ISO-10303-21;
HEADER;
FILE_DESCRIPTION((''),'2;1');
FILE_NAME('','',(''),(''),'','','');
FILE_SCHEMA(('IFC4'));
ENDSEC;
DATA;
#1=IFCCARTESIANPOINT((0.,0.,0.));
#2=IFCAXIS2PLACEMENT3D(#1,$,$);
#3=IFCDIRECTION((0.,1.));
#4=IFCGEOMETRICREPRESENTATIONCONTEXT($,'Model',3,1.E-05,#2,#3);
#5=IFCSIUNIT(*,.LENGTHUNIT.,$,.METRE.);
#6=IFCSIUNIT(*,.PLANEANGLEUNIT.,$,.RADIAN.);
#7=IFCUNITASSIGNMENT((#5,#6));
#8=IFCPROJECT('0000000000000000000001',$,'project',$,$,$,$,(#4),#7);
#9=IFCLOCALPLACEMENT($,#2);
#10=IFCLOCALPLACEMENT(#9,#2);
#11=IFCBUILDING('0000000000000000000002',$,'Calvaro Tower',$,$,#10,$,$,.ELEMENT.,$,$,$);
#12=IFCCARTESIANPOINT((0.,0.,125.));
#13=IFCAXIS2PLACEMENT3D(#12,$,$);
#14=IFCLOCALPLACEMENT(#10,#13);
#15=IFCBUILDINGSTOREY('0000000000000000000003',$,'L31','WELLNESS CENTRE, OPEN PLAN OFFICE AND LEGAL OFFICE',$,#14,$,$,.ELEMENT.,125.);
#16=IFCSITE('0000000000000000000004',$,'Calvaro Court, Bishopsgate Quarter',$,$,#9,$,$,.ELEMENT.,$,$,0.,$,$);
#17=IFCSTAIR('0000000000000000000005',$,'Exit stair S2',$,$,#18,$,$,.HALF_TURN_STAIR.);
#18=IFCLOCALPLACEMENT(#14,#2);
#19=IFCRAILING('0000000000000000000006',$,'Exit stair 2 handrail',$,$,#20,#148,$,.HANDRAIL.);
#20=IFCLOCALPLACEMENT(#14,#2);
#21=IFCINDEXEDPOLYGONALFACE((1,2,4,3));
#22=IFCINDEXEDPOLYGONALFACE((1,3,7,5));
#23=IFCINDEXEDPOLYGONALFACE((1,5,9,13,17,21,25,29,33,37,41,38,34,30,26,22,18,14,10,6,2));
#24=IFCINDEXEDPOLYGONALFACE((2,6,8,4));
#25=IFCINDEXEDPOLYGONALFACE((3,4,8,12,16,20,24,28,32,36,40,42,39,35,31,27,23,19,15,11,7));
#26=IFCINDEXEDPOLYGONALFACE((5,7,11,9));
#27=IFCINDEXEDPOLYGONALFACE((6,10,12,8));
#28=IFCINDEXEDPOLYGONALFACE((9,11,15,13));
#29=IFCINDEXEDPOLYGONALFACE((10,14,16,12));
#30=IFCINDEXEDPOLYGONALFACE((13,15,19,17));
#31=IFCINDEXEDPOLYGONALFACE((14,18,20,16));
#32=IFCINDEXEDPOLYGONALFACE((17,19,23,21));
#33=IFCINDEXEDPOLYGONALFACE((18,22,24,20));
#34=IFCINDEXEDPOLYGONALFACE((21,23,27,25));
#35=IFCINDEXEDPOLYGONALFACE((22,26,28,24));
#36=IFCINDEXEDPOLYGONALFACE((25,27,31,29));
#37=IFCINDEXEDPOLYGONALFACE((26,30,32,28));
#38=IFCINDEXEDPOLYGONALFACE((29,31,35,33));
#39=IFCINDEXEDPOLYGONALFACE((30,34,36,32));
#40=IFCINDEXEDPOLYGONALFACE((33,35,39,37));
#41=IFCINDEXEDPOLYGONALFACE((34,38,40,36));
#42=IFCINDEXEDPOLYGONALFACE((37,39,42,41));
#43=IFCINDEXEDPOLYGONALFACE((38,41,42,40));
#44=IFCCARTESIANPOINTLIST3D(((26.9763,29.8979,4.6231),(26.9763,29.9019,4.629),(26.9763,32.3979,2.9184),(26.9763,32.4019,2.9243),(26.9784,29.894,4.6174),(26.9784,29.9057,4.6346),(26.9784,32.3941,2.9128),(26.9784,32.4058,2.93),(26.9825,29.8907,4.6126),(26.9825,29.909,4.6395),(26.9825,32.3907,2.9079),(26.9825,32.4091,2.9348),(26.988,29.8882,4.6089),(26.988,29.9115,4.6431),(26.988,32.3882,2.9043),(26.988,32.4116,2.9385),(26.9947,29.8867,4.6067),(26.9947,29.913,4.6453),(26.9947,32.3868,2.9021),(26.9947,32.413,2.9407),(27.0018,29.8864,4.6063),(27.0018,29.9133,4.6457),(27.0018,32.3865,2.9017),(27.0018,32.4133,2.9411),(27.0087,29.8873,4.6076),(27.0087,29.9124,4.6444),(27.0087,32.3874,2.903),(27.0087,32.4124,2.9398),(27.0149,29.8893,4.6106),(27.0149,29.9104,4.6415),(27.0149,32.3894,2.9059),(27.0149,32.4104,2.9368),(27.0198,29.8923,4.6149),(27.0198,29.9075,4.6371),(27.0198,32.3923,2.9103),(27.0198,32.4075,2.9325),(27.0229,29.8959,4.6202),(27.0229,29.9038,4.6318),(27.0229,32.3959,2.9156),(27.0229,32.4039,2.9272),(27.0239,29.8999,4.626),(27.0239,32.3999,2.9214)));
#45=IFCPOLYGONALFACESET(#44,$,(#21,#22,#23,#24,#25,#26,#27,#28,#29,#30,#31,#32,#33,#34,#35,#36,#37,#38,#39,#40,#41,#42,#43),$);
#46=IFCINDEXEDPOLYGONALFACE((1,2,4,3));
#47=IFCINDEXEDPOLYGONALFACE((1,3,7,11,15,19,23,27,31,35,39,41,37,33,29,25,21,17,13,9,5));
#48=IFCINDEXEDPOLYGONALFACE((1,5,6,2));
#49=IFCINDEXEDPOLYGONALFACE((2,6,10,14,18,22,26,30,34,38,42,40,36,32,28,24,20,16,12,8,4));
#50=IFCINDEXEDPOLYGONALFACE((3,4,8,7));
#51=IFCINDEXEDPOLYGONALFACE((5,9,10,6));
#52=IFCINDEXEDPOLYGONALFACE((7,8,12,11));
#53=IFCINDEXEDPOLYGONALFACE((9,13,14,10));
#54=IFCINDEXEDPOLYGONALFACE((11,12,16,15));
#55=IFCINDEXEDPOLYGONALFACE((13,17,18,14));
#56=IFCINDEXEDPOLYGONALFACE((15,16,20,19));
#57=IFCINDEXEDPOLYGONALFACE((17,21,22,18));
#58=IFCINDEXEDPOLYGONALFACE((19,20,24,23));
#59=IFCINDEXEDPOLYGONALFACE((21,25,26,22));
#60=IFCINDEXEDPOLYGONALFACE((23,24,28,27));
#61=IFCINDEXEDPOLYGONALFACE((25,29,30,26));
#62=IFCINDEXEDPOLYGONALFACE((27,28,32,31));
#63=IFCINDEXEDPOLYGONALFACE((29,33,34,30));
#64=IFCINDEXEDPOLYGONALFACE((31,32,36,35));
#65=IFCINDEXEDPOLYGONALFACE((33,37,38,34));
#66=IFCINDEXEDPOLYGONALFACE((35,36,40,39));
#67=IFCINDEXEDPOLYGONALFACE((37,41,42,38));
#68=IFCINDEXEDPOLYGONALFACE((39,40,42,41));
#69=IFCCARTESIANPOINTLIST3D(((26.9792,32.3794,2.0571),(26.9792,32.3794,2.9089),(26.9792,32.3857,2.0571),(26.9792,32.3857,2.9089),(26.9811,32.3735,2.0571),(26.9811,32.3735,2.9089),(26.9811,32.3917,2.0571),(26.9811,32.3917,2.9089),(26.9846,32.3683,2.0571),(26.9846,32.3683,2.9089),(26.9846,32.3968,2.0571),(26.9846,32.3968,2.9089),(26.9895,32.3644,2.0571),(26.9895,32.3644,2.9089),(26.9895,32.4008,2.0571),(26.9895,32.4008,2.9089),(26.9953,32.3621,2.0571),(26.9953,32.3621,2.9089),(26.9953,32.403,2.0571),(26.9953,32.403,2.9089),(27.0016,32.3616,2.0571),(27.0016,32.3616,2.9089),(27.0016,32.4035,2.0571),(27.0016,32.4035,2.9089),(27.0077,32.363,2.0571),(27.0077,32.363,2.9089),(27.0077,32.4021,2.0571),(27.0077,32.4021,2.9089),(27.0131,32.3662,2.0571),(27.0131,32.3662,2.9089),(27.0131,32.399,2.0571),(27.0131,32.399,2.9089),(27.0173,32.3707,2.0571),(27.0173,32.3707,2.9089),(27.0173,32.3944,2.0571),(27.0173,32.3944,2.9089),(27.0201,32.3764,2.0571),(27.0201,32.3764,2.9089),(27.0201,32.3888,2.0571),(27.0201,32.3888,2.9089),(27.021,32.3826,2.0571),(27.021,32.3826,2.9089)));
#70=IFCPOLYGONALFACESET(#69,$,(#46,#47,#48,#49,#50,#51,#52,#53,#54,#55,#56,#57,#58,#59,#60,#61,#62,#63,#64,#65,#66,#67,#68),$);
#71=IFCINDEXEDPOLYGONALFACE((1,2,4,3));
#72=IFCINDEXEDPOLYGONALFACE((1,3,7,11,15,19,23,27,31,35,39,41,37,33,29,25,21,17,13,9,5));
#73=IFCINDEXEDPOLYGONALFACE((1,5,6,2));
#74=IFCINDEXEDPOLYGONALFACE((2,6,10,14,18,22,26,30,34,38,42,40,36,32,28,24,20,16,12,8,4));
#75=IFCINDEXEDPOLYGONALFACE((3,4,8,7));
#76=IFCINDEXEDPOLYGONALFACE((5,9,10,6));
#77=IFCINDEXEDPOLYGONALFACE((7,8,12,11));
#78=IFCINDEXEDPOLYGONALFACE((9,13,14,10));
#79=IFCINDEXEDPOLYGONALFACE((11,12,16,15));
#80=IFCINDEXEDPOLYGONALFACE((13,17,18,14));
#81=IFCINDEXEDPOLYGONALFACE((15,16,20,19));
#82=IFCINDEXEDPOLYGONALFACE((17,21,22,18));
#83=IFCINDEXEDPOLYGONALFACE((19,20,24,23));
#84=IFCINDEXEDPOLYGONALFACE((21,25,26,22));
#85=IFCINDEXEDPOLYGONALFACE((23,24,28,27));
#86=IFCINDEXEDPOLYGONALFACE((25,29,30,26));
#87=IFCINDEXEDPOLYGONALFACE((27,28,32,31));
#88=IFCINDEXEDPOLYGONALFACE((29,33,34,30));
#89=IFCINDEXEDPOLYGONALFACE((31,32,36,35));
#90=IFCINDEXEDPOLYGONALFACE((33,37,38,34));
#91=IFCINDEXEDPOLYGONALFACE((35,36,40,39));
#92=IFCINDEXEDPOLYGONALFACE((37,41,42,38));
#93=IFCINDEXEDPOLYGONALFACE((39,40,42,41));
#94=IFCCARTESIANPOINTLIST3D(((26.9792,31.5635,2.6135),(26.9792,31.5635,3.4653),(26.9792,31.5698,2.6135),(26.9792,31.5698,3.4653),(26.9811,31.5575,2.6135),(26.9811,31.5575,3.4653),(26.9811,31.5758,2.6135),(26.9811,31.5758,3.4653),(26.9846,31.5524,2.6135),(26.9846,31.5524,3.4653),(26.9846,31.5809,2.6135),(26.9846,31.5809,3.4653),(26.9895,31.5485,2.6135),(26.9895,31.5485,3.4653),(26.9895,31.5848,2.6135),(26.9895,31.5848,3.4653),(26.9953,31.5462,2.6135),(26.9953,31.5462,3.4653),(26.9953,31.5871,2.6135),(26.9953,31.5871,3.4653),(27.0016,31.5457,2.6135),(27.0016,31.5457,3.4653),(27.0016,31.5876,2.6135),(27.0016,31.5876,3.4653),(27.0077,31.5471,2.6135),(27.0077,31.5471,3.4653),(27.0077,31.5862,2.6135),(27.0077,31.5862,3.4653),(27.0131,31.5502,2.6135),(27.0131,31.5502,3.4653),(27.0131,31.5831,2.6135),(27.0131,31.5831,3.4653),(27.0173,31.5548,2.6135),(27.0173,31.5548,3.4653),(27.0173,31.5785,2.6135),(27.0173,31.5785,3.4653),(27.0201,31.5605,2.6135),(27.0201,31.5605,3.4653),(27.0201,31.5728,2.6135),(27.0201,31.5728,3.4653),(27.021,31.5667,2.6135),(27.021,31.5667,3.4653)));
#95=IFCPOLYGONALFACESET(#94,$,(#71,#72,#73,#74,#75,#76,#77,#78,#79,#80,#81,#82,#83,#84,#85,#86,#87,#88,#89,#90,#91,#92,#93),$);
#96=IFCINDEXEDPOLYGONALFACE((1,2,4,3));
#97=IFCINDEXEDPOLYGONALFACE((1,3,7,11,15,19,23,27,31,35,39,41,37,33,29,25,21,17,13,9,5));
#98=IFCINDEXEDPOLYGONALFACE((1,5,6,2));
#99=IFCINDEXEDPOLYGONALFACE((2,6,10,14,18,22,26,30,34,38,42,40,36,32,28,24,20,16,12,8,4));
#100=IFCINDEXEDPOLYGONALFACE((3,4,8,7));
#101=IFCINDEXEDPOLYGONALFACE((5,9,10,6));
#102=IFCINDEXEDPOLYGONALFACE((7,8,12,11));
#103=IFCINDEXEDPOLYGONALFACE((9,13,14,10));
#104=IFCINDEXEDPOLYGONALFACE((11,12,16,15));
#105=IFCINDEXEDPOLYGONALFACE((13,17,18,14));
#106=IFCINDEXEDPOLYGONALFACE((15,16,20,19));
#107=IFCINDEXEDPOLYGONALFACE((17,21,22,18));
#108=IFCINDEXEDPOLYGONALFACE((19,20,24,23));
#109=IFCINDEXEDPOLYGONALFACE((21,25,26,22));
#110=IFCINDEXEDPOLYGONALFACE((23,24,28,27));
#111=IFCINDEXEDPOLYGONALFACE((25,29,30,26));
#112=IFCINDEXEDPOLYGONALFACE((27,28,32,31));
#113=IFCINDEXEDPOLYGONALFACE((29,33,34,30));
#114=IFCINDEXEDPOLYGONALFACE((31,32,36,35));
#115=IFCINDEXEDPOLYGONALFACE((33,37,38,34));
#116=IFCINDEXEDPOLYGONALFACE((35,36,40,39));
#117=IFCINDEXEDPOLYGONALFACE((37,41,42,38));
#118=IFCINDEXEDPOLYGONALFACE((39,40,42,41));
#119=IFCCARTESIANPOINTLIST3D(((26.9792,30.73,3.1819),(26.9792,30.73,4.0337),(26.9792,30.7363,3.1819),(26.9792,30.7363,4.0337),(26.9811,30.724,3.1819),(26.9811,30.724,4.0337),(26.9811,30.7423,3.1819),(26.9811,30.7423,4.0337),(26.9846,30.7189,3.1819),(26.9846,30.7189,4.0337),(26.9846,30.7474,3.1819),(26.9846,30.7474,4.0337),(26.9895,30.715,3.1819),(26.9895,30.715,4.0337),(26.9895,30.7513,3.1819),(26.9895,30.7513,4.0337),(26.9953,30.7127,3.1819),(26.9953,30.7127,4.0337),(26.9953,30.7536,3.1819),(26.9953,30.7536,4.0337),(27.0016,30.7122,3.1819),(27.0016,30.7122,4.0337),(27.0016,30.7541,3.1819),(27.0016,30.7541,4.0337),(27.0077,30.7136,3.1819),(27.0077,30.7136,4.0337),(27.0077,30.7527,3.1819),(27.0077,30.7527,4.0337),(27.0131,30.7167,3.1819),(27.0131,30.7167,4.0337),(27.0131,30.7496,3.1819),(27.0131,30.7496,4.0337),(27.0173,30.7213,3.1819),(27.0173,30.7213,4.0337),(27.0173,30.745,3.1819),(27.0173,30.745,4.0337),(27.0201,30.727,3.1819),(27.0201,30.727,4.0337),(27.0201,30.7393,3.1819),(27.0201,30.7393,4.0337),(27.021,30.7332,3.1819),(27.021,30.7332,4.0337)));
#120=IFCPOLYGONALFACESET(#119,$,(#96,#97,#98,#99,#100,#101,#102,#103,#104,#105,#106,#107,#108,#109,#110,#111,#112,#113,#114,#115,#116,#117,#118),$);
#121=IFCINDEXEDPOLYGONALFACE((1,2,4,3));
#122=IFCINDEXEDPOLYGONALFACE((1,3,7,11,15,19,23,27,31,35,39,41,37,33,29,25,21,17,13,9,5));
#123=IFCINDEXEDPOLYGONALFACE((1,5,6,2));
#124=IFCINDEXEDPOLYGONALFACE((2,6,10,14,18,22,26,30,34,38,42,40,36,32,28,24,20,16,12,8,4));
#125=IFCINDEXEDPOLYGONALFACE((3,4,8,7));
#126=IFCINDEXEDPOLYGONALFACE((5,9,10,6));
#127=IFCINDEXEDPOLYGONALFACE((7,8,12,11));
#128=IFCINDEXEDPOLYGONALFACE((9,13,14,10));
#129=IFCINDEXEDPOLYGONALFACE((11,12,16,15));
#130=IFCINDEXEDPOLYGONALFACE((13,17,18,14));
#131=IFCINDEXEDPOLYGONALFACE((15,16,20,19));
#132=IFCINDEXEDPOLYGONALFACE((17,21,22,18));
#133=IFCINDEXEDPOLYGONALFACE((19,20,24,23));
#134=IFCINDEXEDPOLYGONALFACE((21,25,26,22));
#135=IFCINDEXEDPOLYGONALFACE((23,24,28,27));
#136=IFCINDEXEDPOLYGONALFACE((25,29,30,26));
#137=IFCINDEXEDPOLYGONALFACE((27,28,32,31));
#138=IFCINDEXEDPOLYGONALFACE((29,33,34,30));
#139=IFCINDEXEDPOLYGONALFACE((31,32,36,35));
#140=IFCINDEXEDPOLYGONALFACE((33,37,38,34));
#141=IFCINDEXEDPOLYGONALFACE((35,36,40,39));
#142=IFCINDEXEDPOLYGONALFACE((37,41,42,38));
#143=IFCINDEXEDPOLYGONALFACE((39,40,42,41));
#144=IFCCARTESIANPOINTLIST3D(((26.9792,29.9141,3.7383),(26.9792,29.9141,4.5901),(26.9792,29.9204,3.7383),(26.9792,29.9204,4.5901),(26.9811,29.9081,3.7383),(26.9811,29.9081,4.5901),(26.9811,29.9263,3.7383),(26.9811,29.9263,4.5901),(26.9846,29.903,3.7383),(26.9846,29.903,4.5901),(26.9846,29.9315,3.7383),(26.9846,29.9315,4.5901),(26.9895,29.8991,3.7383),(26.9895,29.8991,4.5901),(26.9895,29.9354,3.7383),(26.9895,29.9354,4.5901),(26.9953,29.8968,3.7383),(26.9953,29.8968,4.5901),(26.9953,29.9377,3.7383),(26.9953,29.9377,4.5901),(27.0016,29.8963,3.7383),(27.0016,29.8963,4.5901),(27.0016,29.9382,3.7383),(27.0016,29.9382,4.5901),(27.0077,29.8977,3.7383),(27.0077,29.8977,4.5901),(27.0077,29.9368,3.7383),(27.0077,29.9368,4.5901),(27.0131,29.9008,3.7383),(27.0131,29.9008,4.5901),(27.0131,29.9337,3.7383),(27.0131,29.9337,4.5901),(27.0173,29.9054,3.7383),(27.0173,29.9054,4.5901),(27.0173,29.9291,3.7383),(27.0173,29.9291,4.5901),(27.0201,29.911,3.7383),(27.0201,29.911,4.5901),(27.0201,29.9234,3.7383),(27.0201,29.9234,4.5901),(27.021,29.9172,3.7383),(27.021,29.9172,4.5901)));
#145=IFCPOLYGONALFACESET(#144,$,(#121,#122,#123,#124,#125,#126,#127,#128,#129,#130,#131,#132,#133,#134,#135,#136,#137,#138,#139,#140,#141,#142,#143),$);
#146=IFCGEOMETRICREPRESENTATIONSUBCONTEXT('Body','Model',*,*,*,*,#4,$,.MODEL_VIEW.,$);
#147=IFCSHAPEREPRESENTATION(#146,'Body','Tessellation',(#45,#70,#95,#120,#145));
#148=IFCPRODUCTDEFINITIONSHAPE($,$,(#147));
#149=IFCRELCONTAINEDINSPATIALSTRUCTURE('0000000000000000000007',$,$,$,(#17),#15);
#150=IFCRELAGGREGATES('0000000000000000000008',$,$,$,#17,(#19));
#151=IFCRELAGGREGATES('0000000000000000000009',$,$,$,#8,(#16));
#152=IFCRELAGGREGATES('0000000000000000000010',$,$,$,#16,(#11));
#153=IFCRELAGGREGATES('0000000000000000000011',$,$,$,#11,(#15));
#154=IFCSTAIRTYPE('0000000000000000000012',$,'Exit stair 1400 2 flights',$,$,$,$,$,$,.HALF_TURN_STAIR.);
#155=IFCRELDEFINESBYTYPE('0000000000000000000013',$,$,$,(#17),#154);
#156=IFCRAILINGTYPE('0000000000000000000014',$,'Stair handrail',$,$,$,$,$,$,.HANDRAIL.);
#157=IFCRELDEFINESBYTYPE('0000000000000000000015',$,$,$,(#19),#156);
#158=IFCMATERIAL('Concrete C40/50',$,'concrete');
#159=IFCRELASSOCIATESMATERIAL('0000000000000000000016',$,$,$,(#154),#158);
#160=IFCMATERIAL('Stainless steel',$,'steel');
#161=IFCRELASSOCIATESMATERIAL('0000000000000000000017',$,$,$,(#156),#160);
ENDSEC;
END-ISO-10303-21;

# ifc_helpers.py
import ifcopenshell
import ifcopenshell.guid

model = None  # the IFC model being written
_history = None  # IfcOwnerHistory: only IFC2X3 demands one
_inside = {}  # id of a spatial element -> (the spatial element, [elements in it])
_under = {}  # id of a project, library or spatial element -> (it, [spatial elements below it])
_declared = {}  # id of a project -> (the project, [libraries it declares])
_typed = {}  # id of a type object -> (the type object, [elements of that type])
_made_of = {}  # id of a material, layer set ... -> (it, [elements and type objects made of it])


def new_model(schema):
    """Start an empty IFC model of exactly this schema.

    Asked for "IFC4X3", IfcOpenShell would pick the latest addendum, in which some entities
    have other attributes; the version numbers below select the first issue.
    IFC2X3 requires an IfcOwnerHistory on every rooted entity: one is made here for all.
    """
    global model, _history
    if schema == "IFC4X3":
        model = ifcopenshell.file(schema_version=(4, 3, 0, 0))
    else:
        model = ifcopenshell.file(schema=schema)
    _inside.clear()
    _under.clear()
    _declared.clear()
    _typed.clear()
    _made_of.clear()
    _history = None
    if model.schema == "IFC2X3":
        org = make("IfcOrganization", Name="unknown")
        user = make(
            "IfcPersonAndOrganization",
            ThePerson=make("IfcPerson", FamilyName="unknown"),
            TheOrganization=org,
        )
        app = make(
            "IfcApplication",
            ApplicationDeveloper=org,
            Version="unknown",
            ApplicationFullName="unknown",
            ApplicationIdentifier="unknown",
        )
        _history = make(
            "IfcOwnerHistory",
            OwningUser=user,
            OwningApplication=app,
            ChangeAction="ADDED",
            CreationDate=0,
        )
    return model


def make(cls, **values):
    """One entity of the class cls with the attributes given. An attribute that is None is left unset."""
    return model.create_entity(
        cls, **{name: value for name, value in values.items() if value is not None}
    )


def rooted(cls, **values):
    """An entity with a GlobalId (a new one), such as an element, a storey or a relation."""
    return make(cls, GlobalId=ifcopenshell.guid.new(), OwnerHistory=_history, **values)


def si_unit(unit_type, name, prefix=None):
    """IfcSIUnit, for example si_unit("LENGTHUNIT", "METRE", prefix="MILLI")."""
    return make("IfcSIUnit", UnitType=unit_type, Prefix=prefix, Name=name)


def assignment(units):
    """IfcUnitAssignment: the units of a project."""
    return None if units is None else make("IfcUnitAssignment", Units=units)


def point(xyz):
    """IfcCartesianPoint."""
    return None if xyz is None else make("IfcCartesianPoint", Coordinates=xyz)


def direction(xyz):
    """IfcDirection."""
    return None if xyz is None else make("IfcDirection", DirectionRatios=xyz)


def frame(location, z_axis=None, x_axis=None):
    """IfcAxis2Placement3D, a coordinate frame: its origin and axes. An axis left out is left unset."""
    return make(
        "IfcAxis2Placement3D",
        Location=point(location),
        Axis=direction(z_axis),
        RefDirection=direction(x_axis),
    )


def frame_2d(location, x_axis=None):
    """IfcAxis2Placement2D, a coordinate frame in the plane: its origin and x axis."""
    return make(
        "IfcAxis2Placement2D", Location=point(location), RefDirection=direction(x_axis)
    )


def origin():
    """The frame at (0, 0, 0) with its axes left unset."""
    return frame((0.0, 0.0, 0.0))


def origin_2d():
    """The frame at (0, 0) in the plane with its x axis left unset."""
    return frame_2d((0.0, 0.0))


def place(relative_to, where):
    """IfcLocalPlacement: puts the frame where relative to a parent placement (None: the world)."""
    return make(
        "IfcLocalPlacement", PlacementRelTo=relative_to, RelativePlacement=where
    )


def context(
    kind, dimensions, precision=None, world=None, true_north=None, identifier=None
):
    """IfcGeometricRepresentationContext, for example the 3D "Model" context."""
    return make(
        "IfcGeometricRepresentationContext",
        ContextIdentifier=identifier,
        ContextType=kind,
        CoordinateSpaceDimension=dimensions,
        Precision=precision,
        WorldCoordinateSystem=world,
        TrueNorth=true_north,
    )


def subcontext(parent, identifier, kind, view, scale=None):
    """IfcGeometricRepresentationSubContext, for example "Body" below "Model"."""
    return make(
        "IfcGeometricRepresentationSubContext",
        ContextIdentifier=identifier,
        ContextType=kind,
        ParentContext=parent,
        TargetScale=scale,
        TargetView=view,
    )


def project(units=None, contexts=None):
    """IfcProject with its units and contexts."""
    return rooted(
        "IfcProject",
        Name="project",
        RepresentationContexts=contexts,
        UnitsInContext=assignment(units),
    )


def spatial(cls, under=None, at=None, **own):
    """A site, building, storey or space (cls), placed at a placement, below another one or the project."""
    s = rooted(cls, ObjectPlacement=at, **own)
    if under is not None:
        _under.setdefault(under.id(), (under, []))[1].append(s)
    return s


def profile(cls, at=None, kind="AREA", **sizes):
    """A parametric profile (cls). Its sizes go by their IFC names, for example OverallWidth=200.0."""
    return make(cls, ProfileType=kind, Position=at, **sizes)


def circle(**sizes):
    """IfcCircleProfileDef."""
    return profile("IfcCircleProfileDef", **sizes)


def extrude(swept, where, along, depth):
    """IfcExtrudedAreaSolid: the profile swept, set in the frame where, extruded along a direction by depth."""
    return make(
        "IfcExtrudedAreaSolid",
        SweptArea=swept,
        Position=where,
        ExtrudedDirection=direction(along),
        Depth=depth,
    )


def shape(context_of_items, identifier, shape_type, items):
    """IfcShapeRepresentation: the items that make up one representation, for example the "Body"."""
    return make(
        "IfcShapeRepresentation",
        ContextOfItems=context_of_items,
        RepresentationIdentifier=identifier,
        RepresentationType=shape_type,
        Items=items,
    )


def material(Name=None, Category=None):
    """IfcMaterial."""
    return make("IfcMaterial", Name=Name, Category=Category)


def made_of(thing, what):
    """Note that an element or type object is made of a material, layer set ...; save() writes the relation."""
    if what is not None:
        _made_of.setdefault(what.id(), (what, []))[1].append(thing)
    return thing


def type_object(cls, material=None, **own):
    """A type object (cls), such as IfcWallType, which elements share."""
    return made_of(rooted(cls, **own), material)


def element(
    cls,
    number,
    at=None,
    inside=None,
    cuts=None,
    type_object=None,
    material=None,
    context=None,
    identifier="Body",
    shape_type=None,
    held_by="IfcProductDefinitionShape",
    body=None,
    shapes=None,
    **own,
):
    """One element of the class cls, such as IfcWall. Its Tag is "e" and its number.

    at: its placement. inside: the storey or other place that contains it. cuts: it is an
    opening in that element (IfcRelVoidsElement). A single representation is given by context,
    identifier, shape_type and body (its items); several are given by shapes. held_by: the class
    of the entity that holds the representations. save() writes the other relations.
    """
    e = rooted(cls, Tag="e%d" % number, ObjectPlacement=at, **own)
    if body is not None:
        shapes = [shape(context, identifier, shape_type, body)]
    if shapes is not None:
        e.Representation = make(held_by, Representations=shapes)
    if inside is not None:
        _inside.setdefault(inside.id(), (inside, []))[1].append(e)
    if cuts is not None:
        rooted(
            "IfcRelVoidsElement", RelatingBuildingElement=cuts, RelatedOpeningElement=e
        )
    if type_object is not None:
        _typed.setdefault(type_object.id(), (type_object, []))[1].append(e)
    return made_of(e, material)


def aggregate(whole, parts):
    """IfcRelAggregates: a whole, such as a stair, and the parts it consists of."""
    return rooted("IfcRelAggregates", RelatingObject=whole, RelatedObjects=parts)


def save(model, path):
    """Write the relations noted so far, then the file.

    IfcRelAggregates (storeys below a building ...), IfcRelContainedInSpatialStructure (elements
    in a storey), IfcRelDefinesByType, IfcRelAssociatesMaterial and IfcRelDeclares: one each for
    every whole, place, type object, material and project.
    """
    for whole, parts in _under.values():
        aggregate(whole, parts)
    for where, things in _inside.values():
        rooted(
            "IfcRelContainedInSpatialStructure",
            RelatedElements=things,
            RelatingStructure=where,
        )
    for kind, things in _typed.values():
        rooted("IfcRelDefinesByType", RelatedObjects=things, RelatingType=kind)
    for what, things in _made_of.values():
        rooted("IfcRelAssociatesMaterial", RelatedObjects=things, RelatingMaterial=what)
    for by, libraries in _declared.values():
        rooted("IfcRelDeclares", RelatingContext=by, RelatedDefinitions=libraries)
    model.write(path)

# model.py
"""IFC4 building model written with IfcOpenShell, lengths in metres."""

from ifc_helpers import new_model, si_unit, direction, frame, origin, origin_2d, place, context, subcontext, project, spatial, circle, extrude, material, type_object, element, aggregate, save


model = new_model("IFC4")

# Units and contexts
model_context = context("Model", 3, precision=1e-05, world=origin(), true_north=direction((0.0, 1.0)))
body_context = subcontext(model_context, "Body", "Model", "MODEL_VIEW")
ifc_project = project(units=[si_unit("LENGTHUNIT", "METRE"), si_unit("PLANEANGLEUNIT", "RADIAN")], contexts=[model_context])

# Site, building, storey
site_placement = place(None, origin())
site = spatial("IfcSite", under=ifc_project, at=site_placement, Name="Calvaro Court, Bishopsgate Quarter", CompositionType="ELEMENT", RefElevation=0.0)
building_placement = place(site_placement, origin())
building = spatial("IfcBuilding", under=site, at=building_placement, Name="Calvaro Tower", CompositionType="ELEMENT")
storey_placement = place(building_placement, frame((0.0, 0.0, 125.0)))
storey = spatial("IfcBuildingStorey", under=building, at=storey_placement, Name="L31", Description="WELLNESS CENTRE, OPEN PLAN OFFICE AND LEGAL OFFICE", CompositionType="ELEMENT", Elevation=125.0)

# Stair, railing
ifc_material_1 = material(Name="Concrete C40/50", Category="concrete")
stair_type = type_object("IfcStairType", Name="Exit stair 1400 2 flights", PredefinedType="HALF_TURN_STAIR", material=ifc_material_1)
stair_placement = place(storey_placement, origin())
stair = element("IfcStair", 1, at=stair_placement, inside=storey, type_object=stair_type, Name="Exit stair S2", PredefinedType="HALF_TURN_STAIR")
ifc_material_2 = material(Name="Stainless steel", Category="steel")
railing_type = type_object("IfcRailingType", Name="Stair handrail", PredefinedType="HANDRAIL", material=ifc_material_2)
railing_1_placement = place(storey_placement, frame((27.0, 32.3999, 2.0454)))
railing_1 = element("IfcRailing", 2, at=railing_1_placement, type_object=railing_type, Name="Exit stair 2 handrail", PredefinedType="HANDRAIL", context=body_context, shape_type="SweptSolid", body=[
    extrude(circle(Radius=0.0239, at=origin_2d()), frame((0.0, 0.0, 0.876), z_axis=(0.0, -0.826221, 0.563347), x_axis=(1.0, 0.0, 0.0)), (0.0, 0.0, 1.0), 3.0259),
    extrude(circle(Radius=0.021, at=origin_2d()), frame((0.0, -0.0173, 0.0117)), (0.0, 0.0, 1.0), 0.8518),
    extrude(circle(Radius=0.021, at=origin_2d()), frame((0.0, -0.8333, 0.5681)), (0.0, 0.0, 1.0), 0.8518),
    extrude(circle(Radius=0.021, at=origin_2d()), frame((0.0, -1.6667, 1.1365)), (0.0, 0.0, 1.0), 0.8518),
    extrude(circle(Radius=0.021, at=origin_2d()), frame((0.0, -2.4827, 1.6929)), (0.0, 0.0, 1.0), 0.8518),
])
aggregate(stair, [railing_1])

save(model, "model.ifc")
